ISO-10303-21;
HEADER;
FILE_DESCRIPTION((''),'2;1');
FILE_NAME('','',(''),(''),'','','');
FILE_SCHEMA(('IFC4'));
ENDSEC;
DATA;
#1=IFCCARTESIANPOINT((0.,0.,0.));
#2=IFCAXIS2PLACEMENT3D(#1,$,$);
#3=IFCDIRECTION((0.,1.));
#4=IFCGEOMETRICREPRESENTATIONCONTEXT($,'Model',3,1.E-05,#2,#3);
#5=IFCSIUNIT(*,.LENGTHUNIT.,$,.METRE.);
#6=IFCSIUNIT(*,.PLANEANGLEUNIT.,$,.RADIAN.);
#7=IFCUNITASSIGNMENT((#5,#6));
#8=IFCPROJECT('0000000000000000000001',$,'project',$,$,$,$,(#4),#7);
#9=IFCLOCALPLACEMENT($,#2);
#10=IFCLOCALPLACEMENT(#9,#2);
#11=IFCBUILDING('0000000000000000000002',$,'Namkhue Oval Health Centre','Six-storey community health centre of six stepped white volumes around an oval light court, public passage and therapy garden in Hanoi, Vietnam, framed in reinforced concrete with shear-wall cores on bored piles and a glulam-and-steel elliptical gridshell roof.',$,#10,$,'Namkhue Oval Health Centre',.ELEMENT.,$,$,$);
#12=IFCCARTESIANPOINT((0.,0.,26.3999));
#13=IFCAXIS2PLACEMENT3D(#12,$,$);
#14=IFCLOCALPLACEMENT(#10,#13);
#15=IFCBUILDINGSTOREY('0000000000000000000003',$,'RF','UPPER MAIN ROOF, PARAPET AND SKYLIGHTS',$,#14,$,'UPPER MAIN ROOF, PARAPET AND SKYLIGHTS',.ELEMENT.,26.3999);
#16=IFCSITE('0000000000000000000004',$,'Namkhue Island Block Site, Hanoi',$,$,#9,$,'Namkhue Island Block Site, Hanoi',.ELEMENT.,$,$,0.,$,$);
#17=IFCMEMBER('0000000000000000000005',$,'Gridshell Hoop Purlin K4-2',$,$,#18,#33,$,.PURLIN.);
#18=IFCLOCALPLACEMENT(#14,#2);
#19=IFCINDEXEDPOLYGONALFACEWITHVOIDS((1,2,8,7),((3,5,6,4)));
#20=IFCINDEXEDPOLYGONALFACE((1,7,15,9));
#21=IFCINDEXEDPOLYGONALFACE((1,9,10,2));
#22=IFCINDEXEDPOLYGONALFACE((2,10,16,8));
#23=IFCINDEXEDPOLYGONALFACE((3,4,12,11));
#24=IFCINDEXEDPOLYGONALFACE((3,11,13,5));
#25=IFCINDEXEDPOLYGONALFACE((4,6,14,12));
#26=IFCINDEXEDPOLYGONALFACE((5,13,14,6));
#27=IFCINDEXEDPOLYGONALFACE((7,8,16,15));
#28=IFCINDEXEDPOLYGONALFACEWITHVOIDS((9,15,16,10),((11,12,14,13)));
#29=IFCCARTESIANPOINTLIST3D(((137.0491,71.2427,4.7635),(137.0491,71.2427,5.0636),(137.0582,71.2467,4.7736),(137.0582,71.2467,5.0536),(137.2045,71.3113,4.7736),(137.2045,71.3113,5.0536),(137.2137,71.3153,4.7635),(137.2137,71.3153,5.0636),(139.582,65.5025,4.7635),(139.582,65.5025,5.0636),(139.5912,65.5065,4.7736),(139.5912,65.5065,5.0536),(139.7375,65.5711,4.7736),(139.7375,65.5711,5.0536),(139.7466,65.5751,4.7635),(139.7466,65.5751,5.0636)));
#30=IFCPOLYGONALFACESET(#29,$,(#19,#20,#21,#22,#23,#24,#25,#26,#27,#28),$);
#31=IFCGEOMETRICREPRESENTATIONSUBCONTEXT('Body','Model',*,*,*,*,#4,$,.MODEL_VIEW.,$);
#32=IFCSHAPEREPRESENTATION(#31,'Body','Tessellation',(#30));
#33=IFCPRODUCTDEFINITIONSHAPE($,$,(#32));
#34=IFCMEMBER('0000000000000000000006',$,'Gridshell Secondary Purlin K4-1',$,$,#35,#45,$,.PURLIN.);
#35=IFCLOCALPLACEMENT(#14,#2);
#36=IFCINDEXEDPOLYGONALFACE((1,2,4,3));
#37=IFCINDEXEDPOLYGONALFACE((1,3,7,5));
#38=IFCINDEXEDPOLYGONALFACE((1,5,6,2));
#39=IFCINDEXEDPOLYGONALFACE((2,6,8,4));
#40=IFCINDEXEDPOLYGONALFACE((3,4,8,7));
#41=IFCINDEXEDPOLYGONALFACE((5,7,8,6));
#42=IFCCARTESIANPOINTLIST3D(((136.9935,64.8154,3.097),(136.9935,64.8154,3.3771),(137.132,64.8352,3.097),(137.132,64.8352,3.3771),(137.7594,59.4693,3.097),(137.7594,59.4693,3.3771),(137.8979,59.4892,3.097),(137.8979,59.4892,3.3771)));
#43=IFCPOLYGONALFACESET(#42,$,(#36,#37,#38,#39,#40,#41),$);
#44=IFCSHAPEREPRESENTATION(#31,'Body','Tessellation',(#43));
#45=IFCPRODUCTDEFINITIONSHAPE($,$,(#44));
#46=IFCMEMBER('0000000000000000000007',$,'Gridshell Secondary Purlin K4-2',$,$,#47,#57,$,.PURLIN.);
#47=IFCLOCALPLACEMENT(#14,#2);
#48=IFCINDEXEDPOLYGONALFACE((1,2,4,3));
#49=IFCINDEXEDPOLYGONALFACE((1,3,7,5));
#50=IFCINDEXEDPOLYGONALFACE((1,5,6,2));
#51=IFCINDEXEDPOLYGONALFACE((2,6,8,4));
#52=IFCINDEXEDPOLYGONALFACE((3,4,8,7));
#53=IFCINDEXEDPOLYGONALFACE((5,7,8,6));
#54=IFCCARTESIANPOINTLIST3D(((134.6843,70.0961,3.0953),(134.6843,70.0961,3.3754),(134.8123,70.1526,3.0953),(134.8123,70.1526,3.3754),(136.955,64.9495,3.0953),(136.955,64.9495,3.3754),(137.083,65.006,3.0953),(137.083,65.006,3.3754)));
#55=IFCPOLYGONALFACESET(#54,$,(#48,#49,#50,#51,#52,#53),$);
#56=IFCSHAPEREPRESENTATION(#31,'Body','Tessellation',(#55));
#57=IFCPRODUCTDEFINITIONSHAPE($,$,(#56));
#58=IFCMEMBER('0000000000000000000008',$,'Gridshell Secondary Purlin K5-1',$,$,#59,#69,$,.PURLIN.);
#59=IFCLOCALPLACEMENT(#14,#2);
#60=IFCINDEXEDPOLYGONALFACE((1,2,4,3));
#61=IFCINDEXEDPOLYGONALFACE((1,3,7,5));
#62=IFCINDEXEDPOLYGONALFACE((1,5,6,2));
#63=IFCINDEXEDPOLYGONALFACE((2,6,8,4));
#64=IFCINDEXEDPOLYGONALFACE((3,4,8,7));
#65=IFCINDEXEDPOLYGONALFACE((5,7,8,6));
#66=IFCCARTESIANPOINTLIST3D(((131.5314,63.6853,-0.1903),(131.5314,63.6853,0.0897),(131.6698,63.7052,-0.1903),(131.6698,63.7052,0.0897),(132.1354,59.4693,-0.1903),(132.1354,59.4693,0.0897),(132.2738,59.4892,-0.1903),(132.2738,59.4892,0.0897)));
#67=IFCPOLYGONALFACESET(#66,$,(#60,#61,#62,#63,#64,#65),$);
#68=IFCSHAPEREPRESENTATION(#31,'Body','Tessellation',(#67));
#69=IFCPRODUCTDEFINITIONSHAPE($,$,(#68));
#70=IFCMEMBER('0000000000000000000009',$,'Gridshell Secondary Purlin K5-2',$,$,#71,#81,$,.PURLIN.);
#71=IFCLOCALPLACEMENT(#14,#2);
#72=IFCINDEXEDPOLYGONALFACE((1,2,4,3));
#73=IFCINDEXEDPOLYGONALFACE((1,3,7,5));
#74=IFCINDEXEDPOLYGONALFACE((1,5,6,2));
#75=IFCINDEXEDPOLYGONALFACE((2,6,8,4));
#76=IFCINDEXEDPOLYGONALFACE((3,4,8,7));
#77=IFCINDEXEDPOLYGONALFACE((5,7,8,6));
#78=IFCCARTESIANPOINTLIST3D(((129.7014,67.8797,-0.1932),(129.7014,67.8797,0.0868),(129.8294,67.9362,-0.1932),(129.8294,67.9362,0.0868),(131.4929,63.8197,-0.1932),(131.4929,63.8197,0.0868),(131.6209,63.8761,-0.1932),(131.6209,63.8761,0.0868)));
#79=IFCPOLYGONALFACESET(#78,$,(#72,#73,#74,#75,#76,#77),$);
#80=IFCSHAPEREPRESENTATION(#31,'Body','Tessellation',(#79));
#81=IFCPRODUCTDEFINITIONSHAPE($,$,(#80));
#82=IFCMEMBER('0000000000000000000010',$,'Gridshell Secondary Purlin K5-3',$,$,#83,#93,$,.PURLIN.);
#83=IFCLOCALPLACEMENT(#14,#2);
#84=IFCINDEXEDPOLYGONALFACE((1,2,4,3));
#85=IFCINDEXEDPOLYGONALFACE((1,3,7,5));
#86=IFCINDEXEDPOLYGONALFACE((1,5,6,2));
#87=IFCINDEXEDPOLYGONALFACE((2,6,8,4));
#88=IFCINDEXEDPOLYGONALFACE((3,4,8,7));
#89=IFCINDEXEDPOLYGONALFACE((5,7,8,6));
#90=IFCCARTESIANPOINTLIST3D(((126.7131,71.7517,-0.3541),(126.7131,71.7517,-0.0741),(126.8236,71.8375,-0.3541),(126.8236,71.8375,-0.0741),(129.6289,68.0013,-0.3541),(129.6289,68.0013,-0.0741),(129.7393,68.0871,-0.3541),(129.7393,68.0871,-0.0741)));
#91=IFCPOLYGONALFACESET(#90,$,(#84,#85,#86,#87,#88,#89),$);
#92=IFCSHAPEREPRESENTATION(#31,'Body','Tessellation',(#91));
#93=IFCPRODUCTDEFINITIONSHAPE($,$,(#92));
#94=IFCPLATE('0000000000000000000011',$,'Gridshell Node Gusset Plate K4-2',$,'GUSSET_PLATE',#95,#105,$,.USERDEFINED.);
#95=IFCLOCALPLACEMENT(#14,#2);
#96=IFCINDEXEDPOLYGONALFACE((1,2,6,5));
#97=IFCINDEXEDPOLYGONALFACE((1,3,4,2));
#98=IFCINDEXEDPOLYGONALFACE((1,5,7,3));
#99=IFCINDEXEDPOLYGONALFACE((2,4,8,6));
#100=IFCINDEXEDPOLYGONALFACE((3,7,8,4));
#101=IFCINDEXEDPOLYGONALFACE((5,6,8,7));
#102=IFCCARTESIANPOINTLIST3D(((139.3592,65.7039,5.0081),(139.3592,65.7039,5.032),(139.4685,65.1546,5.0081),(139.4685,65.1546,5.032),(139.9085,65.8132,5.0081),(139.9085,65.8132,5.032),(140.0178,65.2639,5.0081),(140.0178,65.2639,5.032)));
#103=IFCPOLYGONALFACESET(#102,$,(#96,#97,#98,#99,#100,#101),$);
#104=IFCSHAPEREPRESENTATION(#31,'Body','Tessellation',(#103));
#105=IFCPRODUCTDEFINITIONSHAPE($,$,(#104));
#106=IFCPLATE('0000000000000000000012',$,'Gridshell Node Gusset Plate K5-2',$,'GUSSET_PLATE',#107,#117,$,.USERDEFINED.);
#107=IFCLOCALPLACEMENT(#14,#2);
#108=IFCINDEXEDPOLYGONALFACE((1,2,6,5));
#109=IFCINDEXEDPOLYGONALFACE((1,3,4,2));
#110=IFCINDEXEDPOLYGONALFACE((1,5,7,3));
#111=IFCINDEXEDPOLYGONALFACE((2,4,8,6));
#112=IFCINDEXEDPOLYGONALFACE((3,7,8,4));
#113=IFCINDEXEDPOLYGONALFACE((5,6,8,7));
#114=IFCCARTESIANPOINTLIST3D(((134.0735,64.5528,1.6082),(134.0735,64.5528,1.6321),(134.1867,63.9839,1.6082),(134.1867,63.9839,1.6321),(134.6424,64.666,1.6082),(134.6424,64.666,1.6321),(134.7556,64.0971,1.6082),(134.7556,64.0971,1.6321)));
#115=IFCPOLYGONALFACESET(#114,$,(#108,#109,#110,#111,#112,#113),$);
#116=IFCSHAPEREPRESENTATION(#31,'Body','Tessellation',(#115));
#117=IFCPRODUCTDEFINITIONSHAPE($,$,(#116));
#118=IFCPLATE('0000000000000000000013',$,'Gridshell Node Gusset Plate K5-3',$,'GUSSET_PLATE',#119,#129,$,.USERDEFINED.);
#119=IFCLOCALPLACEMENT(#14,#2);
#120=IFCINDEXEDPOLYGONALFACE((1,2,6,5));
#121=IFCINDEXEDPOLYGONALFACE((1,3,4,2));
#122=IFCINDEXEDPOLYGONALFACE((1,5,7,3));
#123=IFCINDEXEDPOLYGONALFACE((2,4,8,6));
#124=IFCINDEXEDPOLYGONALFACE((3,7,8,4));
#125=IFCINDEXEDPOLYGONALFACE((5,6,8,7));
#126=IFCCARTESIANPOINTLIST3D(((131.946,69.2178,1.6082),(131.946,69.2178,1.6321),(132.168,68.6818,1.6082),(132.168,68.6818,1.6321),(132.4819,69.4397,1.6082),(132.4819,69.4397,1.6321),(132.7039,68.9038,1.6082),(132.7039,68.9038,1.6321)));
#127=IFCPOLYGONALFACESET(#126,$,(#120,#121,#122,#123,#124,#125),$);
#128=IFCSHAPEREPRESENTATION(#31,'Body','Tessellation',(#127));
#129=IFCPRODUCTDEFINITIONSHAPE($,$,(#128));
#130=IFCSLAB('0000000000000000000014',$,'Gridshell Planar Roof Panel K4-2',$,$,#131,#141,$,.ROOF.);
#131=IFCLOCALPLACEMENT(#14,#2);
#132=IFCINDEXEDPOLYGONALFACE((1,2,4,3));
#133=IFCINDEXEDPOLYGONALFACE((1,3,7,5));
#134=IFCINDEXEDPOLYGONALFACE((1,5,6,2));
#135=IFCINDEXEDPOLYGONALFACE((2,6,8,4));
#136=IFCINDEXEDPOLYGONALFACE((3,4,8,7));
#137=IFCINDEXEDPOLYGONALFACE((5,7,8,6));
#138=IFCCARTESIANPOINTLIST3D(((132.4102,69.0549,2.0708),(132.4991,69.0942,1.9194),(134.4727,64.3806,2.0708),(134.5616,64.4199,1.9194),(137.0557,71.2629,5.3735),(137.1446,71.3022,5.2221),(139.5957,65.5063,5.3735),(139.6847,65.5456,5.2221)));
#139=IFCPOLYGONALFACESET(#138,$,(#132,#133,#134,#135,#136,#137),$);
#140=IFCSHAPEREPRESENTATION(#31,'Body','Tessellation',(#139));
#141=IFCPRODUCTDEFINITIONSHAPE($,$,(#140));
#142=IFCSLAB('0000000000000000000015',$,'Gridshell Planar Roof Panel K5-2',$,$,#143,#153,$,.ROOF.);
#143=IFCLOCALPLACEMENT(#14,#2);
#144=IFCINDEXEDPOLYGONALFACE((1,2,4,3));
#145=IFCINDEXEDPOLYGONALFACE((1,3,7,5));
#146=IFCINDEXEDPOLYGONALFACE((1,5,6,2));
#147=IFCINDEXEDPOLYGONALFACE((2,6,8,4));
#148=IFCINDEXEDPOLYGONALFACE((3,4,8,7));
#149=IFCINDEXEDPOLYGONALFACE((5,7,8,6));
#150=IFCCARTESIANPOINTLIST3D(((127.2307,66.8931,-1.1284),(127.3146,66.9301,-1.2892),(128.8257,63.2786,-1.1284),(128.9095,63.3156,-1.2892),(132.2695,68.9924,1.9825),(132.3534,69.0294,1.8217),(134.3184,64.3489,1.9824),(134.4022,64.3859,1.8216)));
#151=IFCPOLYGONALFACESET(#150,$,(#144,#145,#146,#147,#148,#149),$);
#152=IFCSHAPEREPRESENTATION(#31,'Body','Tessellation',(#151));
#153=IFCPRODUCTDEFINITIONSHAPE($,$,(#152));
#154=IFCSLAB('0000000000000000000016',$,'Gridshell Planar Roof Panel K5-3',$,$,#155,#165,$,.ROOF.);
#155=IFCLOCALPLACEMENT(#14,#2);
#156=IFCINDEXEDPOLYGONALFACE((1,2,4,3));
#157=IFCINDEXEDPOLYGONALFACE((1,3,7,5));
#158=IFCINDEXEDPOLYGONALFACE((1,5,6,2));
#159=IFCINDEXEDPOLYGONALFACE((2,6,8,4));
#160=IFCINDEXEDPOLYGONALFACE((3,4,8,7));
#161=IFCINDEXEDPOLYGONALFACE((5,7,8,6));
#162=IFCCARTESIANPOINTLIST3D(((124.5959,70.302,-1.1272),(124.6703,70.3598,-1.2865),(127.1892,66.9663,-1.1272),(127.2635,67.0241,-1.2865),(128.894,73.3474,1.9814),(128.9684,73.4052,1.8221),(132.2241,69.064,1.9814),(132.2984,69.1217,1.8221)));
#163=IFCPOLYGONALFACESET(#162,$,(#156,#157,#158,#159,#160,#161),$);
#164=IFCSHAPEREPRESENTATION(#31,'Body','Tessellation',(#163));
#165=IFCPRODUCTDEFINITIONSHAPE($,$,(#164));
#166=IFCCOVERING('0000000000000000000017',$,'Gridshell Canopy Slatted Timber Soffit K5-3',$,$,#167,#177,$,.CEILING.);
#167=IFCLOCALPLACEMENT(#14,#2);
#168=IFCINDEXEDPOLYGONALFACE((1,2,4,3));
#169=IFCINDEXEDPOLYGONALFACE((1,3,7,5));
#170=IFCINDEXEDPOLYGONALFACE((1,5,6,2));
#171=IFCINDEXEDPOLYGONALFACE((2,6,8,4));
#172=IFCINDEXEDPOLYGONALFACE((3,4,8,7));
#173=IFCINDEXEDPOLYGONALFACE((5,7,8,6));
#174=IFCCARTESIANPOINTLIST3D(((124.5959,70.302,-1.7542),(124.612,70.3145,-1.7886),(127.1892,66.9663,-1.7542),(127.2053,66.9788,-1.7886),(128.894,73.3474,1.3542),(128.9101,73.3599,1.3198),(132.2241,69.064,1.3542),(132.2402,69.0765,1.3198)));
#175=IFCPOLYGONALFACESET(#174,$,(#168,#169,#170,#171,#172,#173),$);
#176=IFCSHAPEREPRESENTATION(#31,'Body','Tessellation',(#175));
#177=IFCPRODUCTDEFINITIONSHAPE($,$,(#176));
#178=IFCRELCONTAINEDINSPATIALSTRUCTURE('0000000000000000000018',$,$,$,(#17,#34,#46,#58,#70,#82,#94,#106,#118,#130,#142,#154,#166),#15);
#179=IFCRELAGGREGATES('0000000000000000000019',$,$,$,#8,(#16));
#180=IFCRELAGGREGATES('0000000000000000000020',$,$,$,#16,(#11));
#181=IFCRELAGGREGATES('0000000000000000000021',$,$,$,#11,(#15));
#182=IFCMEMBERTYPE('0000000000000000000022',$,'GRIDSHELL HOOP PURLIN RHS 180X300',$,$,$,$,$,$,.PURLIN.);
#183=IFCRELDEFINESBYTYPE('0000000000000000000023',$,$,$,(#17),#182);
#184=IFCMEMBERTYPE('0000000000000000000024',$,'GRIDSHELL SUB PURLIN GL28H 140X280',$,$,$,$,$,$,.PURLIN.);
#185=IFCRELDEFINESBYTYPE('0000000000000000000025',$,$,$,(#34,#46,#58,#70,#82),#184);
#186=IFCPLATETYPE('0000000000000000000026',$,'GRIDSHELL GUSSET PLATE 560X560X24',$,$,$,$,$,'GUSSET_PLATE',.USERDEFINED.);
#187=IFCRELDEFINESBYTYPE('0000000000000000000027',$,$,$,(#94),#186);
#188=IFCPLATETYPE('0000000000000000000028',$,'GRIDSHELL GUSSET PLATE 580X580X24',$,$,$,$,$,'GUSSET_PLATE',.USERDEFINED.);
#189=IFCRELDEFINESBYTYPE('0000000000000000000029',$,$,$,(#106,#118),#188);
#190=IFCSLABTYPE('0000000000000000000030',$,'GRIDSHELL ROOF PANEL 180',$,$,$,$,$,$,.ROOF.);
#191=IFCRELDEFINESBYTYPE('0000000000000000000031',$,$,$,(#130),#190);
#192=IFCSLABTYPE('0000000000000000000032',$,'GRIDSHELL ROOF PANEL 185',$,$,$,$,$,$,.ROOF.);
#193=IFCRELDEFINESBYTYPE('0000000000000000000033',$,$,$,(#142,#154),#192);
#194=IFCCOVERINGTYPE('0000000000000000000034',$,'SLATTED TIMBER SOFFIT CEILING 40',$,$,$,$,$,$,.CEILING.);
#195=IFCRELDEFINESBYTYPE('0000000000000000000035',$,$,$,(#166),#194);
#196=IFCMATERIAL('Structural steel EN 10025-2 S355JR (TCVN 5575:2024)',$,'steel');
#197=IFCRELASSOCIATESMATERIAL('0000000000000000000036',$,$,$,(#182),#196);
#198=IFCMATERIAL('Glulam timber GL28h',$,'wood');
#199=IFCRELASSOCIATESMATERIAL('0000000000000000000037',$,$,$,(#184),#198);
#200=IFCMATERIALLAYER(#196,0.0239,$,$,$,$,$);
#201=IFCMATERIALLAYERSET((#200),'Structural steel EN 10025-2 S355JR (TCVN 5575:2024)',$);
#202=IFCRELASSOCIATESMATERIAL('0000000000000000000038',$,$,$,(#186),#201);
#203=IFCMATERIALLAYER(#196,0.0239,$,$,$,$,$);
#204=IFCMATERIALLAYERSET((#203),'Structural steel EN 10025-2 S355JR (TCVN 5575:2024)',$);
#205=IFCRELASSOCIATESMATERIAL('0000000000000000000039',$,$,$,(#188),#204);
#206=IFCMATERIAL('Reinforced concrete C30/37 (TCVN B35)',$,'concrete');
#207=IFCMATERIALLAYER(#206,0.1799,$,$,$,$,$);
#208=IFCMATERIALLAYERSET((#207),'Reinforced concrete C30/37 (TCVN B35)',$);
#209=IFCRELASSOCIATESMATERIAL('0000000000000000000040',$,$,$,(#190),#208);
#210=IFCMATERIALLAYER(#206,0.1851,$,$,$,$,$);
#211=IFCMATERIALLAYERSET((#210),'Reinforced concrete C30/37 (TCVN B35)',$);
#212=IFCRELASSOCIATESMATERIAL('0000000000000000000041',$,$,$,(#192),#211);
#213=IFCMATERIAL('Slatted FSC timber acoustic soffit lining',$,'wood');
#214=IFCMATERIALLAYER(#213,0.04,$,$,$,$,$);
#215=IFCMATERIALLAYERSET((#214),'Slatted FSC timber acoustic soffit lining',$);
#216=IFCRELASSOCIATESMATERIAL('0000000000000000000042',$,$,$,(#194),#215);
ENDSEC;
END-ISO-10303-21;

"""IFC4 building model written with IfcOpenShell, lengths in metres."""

from ifc_helpers import new_model, si_unit, direction, frame, origin, origin_2d, place, context, subcontext, project, spatial, polyline, rectangle, hollow_rectangle, outline, extrude, material, layer, layer_set, material_profile, profile_set, type_object, element, save


model = new_model("IFC4")

# Units and contexts
model_context = context("Model", 3, precision=1e-05, world=origin(), true_north=direction((0.0, 1.0)))
body_context = subcontext(model_context, "Body", "Model", "MODEL_VIEW")
ifc_project = project(units=[si_unit("LENGTHUNIT", "METRE"), si_unit("PLANEANGLEUNIT", "RADIAN")], contexts=[model_context])

# Site, building, storey
site_placement = place(None, origin())
site = spatial("IfcSite", under=ifc_project, at=site_placement, Name="Namkhue Island Block Site, Hanoi", LongName="Namkhue Island Block Site, Hanoi", CompositionType="ELEMENT", RefElevation=0.0)
building_placement = place(site_placement, origin())
building = spatial("IfcBuilding", under=site, at=building_placement, Name="Namkhue Oval Health Centre", Description="Six-storey community health centre of six stepped white volumes around an oval light court, public passage and therapy garden in Hanoi, Vietnam, framed in reinforced concrete with shear-wall cores on bored piles and a glulam-and-steel elliptical gridshell roof.", LongName="Namkhue Oval Health Centre", CompositionType="ELEMENT")
storey_placement = place(building_placement, frame((0.0, 0.0, 26.3999)))
storey = spatial("IfcBuildingStorey", under=building, at=storey_placement, Name="RF", Description="UPPER MAIN ROOF, PARAPET AND SKYLIGHTS", LongName="UPPER MAIN ROOF, PARAPET AND SKYLIGHTS", CompositionType="ELEMENT", Elevation=26.3999)

# Members
ifc_material_1 = material(Name="Structural steel EN 10025-2 S355JR (TCVN 5575:2024)", Category="steel")
ifc_material_2 = material(Name="Glulam timber GL28h", Category="wood")
ifc_material_profile_1 = material_profile(ifc_material_1, hollow_rectangle(XDim=0.1799, YDim=0.3, WallThickness=0.01, at=origin_2d()), Name="RHS 180x300x10")
ifc_profile_set_1 = profile_set([ifc_material_profile_1], Name="Structural steel EN 10025-2 S355JR (TCVN 5575:2024)")
member_type_1 = type_object("IfcMemberType", Name="GRIDSHELL HOOP PURLIN RHS 180X300", PredefinedType="PURLIN", material=ifc_profile_set_1)
member_1_placement = place(storey_placement, frame((139.6643, 65.5388, 4.9136), z_axis=(-0.403707, 0.914888, 0.0), x_axis=(-0.914888, -0.403707, 0.0)))
element("IfcMember", 1, at=member_1_placement, inside=storey, type_object=member_type_1, Name="Gridshell Hoop Purlin K4-2", PredefinedType="PURLIN", context=body_context, shape_type="SweptSolid", body=[
    extrude(hollow_rectangle(XDim=0.1799, YDim=0.3, WallThickness=0.01, at=origin_2d()), origin(), (0.0, 0.0, 1.0), 6.2742),
])
ifc_material_profile_2 = material_profile(ifc_material_2, rectangle(XDim=0.1399, YDim=0.28, at=origin_2d()), Name="GL28h 140x280")
ifc_profile_set_2 = profile_set([ifc_material_profile_2], Name="Glulam timber GL28h")
member_type_2 = type_object("IfcMemberType", Name="GRIDSHELL SUB PURLIN GL28H 140X280", PredefinedType="PURLIN", material=ifc_profile_set_2)
member_2_placement = place(storey_placement, frame((137.8286, 59.4792, 3.2371), z_axis=(-0.141814, 0.989893, 0.0), x_axis=(-0.989893, -0.141814, 0.0)))
element("IfcMember", 2, at=member_2_placement, inside=storey, type_object=member_type_2, Name="Gridshell Secondary Purlin K4-1", PredefinedType="PURLIN", context=body_context, shape_type="SweptSolid", body=[
    extrude(rectangle(XDim=0.1399, YDim=0.28, at=origin_2d()), origin(), (0.0, 0.0, 1.0), 5.4006),
])
member_3_placement = place(storey_placement, frame((137.019, 64.9778, 3.2354), z_axis=(-0.403677, 0.914902, 0.0), x_axis=(-0.914902, -0.403677, 0.0)))
element("IfcMember", 3, at=member_3_placement, inside=storey, type_object=member_type_2, Name="Gridshell Secondary Purlin K4-2", PredefinedType="PURLIN", context=body_context, shape_type="SweptSolid", body=[
    extrude(rectangle(XDim=0.1399, YDim=0.28, at=origin_2d()), origin(), (0.0, 0.0, 1.0), 5.6252),
])
member_4_placement = place(storey_placement, frame((132.2046, 59.4792, -0.0503), z_axis=(-0.141815, 0.989893, 0.0), x_axis=(-0.989893, -0.141815, 0.0)))
element("IfcMember", 4, at=member_4_placement, inside=storey, type_object=member_type_2, Name="Gridshell Secondary Purlin K5-1", PredefinedType="PURLIN", context=body_context, shape_type="SweptSolid", body=[
    extrude(rectangle(XDim=0.1399, YDim=0.28, at=origin_2d()), origin(), (0.0, 0.0, 1.0), 4.259),
])
member_5_placement = place(storey_placement, frame((131.5569, 63.8479, -0.0532), z_axis=(-0.403697, 0.914893, 0.0), x_axis=(-0.914893, -0.403697, 0.0)))
element("IfcMember", 5, at=member_5_placement, inside=storey, type_object=member_type_2, Name="Gridshell Secondary Purlin K5-2", PredefinedType="PURLIN", context=body_context, shape_type="SweptSolid", body=[
    extrude(rectangle(XDim=0.1399, YDim=0.28, at=origin_2d()), origin(), (0.0, 0.0, 1.0), 4.4377),
])
member_6_placement = place(storey_placement, frame((129.6841, 68.0442, -0.2141), z_axis=(-0.613773, 0.789482, 0.0), x_axis=(-0.789482, -0.613773, 0.0)))
element("IfcMember", 6, at=member_6_placement, inside=storey, type_object=member_type_2, Name="Gridshell Secondary Purlin K5-3", PredefinedType="PURLIN", context=body_context, shape_type="SweptSolid", body=[
    extrude(rectangle(XDim=0.1399, YDim=0.28, at=origin_2d()), origin(), (0.0, 0.0, 1.0), 4.7505),
])

# Plates
ifc_layer_1 = layer(ifc_material_1, 0.0239)
ifc_layer_set_1 = layer_set([ifc_layer_1], Name="Structural steel EN 10025-2 S355JR (TCVN 5575:2024)")
plate_type_1 = type_object("IfcPlateType", Name="GRIDSHELL GUSSET PLATE 560X560X24", ElementType="GUSSET_PLATE", PredefinedType="USERDEFINED", material=ifc_layer_set_1)
plate_placement = place(storey_placement, frame((139.6885, 65.4839, 5.0081), z_axis=(0.0, 0.0, 1.0), x_axis=(0.980785, 0.19509, 0.0)))
element("IfcPlate", 7, at=plate_placement, inside=storey, type_object=plate_type_1, Name="Gridshell Node Gusset Plate K4-2", ObjectType="GUSSET_PLATE", PredefinedType="USERDEFINED", context=body_context, shape_type="SweptSolid", body=[
    extrude(rectangle(XDim=0.5601, YDim=0.5601, at=origin_2d()), origin(), (0.0, 0.0, 1.0), 0.0239),
])
ifc_layer_2 = layer(ifc_material_1, 0.0239)
ifc_layer_set_2 = layer_set([ifc_layer_2], Name="Structural steel EN 10025-2 S355JR (TCVN 5575:2024)")
plate_type_2 = type_object("IfcPlateType", Name="GRIDSHELL GUSSET PLATE 580X580X24", ElementType="GUSSET_PLATE", PredefinedType="USERDEFINED", material=ifc_layer_set_2)
for number, where, z_axis, x_axis, name in (
    (8, (134.4146, 64.325, 1.6082), (0.0, 0.0, 1.0), (0.980785, 0.19509, 0.0), "Gridshell Node Gusset Plate K5-2"),
    (9, (132.325, 69.0608, 1.6082), (0.0, 0.0, 1.0), (0.92388, 0.382683, 0.0), "Gridshell Node Gusset Plate K5-3"),
):
    element("IfcPlate", number, at=place(storey_placement, frame(where, z_axis=z_axis, x_axis=x_axis)), inside=storey, type_object=plate_type_2, Name=name, ObjectType="GUSSET_PLATE", PredefinedType="USERDEFINED", context=body_context, shape_type="SweptSolid", body=[
        extrude(rectangle(XDim=0.5801, YDim=0.5801, at=origin_2d()), origin(), (0.0, 0.0, 1.0), 0.0239),
    ])

# Slabs
ifc_material_3 = material(Name="Reinforced concrete C30/37 (TCVN B35)", Category="concrete")
ifc_layer_3 = layer(ifc_material_3, 0.1799)
ifc_layer_set_3 = layer_set([ifc_layer_3], Name="Reinforced concrete C30/37 (TCVN B35)")
slab_type_1 = type_object("IfcSlabType", Name="GRIDSHELL ROOF PANEL 180", PredefinedType="ROOF", material=ifc_layer_set_3)
slab_1_placement = place(storey_placement, frame((139.5957, 65.5063, 5.3735), z_axis=(-0.49447, -0.21818, 0.841366), x_axis=(-0.403689, 0.914896, 0.0)))
element("IfcSlab", 10, at=slab_1_placement, inside=storey, type_object=slab_type_1, Name="Gridshell Planar Roof Panel K4-2", PredefinedType="ROOF", context=body_context, shape_type="SweptSolid", body=[
    extrude(outline(polyline([(0.0, 0.0), (6.2921, 0.0), (6.1473, 6.1109), (1.0382, 6.1109), (0.0, 0.0)])), origin(), (0.0, 0.0, -1.0), 0.1799),
])
ifc_layer_4 = layer(ifc_material_3, 0.1851)
ifc_layer_set_4 = layer_set([ifc_layer_4], Name="Reinforced concrete C30/37 (TCVN B35)")
slab_type_2 = type_object("IfcSlabType", Name="GRIDSHELL ROOF PANEL 185", PredefinedType="ROOF", material=ifc_layer_set_4)
slab_2_placement = place(storey_placement, frame((134.3184, 64.3489, 1.9824), z_axis=(-0.453073, -0.199915, 0.868769), x_axis=(-0.403677, 0.914901, 0.000008)))
element("IfcSlab", 11, at=slab_2_placement, inside=storey, type_object=slab_type_2, Name="Gridshell Planar Roof Panel K5-2", PredefinedType="ROOF", context=body_context, shape_type="SweptSolid", body=[
    extrude(outline(polyline([(0.0, 0.0), (5.0755, 0.0), (5.1888, 6.2818), (1.238, 6.2817), (0.0, 0.0)])), origin(), (0.0, 0.0, -1.0), 0.1851),
])
slab_3_placement = place(storey_placement, frame((132.2241, 69.064, 1.9814), z_axis=(-0.401539, -0.312168, 0.860998), x_axis=(-0.613769, 0.789486, 0.0)))
element("IfcSlab", 12, at=slab_3_placement, inside=storey, type_object=slab_type_2, Name="Gridshell Planar Roof Panel K5-3", PredefinedType="ROOF", context=body_context, shape_type="SweptSolid", body=[
    extrude(outline(polyline([(0.0, 0.0), (5.4256, 0.0), (5.6594, 6.1121), (1.4342, 6.1121), (0.0, 0.0)])), origin(), (0.0, 0.0, -1.0), 0.1851),
])

# Covering
ifc_material_4 = material(Name="Slatted FSC timber acoustic soffit lining", Category="wood")
ifc_layer_5 = layer(ifc_material_4, 0.04)
ifc_layer_set_5 = layer_set([ifc_layer_5], Name="Slatted FSC timber acoustic soffit lining")
covering_type_1 = type_object("IfcCoveringType", Name="SLATTED TIMBER SOFFIT CEILING 40", PredefinedType="CEILING", material=ifc_layer_set_5)
covering_1_placement = place(storey_placement, frame((132.2241, 69.064, 1.3542), z_axis=(-0.401516, -0.31215, 0.861015), x_axis=(-0.613769, 0.789486, 0.0)))
element("IfcCovering", 13, at=covering_1_placement, inside=storey, type_object=covering_type_1, Name="Gridshell Canopy Slatted Timber Soffit K5-3", PredefinedType="CEILING", context=body_context, shape_type="SweptSolid", body=[
    extrude(outline(polyline([(0.0, 0.0), (5.4256, 0.0), (5.6594, 6.1119), (1.4342, 6.1119), (0.0, 0.0)])), origin(), (0.0, 0.0, -1.0), 0.04),
])

save(model, "model.ifc")
